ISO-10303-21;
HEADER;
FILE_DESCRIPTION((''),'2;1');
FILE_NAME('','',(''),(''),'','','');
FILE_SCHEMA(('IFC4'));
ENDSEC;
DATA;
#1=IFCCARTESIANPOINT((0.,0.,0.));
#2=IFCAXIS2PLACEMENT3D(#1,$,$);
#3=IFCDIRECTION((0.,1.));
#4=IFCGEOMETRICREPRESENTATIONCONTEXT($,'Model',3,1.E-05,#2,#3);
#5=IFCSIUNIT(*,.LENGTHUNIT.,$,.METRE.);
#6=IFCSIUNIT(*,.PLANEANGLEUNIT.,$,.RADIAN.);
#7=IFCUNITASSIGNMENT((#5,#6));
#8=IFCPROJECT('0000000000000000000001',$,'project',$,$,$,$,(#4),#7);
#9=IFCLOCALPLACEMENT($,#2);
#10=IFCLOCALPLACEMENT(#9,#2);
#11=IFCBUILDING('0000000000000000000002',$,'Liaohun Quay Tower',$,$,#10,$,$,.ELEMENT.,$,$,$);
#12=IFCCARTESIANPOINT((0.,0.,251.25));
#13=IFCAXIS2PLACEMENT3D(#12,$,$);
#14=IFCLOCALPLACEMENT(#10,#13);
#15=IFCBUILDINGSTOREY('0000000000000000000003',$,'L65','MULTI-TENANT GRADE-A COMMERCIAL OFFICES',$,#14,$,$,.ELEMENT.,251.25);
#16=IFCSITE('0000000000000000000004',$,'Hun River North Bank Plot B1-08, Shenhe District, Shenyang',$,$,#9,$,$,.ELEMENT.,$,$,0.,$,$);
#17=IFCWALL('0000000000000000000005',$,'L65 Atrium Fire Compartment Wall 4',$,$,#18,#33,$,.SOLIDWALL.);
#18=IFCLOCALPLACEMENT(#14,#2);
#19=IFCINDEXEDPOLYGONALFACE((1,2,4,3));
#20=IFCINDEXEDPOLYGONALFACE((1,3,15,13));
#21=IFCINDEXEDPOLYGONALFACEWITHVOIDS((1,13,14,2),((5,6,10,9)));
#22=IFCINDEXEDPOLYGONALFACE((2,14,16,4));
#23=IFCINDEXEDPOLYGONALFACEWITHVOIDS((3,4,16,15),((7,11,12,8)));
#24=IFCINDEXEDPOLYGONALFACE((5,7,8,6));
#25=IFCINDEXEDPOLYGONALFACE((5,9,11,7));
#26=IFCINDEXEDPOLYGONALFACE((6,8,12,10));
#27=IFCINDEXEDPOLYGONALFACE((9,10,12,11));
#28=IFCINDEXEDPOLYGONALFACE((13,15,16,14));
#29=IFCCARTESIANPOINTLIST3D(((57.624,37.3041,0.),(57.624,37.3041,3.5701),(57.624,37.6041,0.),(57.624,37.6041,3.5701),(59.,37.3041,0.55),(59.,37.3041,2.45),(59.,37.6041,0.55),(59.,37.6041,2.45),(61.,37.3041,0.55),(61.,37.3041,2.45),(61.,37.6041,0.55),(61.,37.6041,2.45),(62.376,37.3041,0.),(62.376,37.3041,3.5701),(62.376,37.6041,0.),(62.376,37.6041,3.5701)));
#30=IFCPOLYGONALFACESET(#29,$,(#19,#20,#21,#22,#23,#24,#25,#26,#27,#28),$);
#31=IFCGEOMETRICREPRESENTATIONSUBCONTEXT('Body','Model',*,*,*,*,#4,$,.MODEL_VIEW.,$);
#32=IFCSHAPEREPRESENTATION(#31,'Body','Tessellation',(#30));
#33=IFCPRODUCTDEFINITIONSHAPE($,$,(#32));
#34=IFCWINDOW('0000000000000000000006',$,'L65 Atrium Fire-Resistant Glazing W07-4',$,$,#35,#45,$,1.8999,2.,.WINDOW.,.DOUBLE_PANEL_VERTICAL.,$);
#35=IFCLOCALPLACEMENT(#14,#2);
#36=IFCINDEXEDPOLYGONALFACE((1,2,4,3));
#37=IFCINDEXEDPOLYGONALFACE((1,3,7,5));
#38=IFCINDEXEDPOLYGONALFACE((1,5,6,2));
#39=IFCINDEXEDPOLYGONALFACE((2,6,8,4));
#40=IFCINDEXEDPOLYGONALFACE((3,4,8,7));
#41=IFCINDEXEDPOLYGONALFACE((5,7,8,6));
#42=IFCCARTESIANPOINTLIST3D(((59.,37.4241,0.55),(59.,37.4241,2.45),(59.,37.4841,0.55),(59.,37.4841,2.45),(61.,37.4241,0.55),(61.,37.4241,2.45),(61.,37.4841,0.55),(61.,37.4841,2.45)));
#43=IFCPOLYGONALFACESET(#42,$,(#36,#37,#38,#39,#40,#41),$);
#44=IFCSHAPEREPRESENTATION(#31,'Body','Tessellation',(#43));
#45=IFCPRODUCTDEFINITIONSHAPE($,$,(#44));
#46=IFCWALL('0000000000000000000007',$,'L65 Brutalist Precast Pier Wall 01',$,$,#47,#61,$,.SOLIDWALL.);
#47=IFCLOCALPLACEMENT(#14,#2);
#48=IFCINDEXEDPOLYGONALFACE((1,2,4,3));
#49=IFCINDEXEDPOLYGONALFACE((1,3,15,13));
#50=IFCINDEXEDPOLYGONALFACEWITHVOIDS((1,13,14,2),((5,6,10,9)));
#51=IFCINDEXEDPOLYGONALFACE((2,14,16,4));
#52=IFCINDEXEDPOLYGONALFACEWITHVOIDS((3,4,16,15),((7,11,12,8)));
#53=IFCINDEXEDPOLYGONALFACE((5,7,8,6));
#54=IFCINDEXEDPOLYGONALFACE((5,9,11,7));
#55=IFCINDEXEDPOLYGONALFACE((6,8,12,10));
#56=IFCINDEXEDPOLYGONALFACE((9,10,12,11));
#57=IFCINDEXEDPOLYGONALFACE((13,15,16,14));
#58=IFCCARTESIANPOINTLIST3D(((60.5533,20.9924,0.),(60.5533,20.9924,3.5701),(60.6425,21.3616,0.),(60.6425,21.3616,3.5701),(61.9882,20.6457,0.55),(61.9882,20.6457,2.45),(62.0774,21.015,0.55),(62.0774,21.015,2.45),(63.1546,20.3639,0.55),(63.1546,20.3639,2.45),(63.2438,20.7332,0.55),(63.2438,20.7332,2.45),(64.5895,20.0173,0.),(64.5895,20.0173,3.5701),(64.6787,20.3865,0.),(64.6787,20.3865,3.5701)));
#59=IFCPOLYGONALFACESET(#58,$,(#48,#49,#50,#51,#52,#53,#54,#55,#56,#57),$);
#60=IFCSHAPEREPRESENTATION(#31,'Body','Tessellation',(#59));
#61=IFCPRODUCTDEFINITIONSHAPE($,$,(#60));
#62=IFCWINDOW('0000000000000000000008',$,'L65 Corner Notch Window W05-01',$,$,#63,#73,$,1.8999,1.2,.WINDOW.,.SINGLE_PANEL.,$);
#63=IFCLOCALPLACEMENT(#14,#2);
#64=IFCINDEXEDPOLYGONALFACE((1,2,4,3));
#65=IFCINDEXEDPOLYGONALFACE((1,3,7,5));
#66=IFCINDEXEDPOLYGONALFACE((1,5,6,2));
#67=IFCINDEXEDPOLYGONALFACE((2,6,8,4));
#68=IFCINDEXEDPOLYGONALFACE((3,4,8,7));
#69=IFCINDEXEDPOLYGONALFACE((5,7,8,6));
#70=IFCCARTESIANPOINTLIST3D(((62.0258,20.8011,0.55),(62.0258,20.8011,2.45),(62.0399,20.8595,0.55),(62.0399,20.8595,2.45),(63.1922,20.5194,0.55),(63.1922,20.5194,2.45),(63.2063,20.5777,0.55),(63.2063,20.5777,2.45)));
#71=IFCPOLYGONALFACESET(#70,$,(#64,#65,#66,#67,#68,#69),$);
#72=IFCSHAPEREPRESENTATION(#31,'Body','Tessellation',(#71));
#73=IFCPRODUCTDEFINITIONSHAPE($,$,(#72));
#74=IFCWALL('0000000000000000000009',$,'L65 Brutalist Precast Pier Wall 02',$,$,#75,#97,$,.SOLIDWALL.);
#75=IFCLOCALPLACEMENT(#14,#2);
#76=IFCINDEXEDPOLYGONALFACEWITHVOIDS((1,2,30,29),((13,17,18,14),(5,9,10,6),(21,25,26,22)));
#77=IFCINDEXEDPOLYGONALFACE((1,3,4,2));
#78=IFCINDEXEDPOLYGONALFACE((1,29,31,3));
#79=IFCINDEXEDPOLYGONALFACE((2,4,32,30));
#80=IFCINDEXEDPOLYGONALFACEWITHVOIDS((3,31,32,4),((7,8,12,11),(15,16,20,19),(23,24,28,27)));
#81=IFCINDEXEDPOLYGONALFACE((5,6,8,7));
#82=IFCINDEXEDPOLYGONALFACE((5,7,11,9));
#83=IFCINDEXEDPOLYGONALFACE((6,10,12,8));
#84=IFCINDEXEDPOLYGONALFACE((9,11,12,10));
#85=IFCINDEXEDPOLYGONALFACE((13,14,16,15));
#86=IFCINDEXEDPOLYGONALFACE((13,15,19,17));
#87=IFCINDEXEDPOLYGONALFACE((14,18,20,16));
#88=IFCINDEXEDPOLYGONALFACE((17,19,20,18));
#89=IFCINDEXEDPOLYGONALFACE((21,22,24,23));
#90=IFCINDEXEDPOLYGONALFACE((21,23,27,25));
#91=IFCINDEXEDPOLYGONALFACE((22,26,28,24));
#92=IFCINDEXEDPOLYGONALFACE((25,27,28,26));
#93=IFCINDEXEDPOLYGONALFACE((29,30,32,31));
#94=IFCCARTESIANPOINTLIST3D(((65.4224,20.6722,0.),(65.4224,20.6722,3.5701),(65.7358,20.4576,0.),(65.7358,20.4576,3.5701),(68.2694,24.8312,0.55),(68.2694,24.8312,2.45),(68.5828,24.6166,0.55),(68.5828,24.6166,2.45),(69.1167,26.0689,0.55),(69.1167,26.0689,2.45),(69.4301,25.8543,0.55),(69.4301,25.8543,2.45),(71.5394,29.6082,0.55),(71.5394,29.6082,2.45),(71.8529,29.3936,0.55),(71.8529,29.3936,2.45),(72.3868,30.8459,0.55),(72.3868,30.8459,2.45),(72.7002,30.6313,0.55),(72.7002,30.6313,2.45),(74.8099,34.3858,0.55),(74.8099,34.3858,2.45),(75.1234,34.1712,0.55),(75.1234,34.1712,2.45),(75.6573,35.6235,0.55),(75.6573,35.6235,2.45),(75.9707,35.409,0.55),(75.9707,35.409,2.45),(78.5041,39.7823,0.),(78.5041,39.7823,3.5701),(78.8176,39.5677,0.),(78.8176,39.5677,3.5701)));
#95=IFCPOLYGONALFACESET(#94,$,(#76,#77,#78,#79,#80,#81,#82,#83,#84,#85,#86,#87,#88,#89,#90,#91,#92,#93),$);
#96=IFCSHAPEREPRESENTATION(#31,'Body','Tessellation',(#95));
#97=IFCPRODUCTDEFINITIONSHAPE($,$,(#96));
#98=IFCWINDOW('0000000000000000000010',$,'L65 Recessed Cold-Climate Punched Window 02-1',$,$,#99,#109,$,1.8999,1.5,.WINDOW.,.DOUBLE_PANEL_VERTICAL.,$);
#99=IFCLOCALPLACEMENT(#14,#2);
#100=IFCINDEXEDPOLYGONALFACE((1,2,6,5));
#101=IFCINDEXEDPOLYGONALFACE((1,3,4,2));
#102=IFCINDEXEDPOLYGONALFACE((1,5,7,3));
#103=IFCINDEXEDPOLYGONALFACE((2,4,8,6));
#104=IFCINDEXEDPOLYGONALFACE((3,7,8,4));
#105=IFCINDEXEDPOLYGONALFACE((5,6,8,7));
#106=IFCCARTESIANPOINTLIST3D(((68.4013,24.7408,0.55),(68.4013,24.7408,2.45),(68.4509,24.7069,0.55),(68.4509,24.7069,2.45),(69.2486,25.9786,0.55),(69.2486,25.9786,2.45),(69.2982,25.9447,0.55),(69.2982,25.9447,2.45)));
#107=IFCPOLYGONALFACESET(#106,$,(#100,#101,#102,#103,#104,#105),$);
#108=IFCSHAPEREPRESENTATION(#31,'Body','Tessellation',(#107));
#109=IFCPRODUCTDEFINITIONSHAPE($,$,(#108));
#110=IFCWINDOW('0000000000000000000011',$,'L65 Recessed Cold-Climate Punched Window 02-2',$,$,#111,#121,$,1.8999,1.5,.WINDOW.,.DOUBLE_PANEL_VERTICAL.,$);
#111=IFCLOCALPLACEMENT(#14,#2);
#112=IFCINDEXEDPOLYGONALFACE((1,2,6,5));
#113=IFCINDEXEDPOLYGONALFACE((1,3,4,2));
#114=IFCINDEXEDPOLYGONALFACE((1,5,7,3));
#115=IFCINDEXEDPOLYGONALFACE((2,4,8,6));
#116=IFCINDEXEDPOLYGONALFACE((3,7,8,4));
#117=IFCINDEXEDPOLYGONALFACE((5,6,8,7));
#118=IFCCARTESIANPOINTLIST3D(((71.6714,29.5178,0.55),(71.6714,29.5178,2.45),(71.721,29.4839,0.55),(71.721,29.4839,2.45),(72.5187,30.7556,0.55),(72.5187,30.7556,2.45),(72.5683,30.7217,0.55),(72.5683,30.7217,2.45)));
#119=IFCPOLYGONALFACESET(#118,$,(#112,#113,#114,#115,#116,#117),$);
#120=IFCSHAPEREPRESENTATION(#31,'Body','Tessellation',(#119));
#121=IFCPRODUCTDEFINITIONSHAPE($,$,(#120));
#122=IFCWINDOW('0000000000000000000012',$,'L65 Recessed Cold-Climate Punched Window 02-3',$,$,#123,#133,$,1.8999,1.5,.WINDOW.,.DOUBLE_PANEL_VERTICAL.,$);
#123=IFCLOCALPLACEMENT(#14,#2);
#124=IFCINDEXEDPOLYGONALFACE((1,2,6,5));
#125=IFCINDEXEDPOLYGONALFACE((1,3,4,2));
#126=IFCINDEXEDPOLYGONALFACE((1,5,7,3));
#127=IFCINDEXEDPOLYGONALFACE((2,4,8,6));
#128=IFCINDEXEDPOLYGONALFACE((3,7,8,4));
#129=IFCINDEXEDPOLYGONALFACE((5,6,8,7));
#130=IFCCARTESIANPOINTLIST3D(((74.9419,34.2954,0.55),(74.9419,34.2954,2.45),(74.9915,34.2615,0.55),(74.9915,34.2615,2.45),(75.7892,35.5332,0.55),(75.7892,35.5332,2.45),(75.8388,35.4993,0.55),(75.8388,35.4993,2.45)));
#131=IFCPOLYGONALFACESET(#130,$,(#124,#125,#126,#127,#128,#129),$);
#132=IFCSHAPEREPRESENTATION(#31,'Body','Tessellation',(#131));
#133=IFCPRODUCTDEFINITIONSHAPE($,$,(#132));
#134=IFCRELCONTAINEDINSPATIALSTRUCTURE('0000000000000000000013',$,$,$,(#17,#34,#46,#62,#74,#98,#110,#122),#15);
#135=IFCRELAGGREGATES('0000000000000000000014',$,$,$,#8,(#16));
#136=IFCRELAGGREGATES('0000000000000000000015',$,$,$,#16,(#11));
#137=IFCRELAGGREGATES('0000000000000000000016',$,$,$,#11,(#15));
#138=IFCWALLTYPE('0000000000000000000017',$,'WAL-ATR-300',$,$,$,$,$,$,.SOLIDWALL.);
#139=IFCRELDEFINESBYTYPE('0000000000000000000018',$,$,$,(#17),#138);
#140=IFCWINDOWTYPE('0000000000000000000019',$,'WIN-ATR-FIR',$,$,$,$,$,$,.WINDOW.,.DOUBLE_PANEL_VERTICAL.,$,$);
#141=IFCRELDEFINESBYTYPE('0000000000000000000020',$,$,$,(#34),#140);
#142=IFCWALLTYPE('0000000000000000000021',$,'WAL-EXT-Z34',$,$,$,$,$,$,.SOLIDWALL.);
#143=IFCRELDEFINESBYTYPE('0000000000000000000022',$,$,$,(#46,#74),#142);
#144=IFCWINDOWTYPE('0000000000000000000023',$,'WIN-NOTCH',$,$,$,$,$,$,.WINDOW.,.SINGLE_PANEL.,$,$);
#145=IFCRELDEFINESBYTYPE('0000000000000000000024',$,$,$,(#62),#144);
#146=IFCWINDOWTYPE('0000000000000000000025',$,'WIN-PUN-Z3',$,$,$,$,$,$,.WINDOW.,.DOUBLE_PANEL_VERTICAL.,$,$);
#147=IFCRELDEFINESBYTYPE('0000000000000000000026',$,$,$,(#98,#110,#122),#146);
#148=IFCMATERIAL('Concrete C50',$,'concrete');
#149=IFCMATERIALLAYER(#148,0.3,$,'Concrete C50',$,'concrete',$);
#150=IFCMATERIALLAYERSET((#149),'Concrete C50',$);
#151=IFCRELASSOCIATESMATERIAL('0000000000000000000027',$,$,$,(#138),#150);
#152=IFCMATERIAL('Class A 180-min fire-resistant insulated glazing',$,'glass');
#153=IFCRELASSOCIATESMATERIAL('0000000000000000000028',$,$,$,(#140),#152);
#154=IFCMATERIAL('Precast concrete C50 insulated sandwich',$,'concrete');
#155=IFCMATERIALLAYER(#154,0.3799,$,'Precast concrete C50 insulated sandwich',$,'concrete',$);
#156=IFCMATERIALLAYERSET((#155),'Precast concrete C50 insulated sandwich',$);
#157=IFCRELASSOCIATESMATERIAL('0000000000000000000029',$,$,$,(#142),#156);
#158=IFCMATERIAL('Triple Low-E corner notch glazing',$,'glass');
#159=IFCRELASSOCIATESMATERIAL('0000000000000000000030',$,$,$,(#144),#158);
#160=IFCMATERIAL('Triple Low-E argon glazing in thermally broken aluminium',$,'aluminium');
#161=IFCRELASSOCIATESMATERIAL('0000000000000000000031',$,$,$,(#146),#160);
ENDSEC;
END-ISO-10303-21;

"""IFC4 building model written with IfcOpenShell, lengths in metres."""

from ifc_helpers import new_model, si_unit, direction, frame, frame_2d, origin, place, context, subcontext, project, spatial, rectangle, extrude, source, transform, mapped, material, layer, layer_set, type_object, element, fill, save


model = new_model("IFC4")

# Units and contexts
model_context = context("Model", 3, precision=1e-05, world=origin(), true_north=direction((0.0, 1.0)))
body_context = subcontext(model_context, "Body", "Model", "MODEL_VIEW")
ifc_project = project(units=[si_unit("LENGTHUNIT", "METRE"), si_unit("PLANEANGLEUNIT", "RADIAN")], contexts=[model_context])

# Site, building, storey
site_placement = place(None, origin())
site = spatial("IfcSite", under=ifc_project, at=site_placement, Name="Hun River North Bank Plot B1-08, Shenhe District, Shenyang", CompositionType="ELEMENT", RefElevation=0.0)
building_placement = place(site_placement, origin())
building = spatial("IfcBuilding", under=site, at=building_placement, Name="Liaohun Quay Tower", CompositionType="ELEMENT")
storey_placement = place(building_placement, frame((0.0, 0.0, 251.25)))
storey = spatial("IfcBuildingStorey", under=building, at=storey_placement, Name="L65", Description="MULTI-TENANT GRADE-A COMMERCIAL OFFICES", CompositionType="ELEMENT", Elevation=251.25)

# Walls, openings, windows
ifc_material_1 = material(Name="Concrete C50", Category="concrete")
ifc_layer_1 = layer(ifc_material_1, 0.3, Name="Concrete C50", Category="concrete")
ifc_layer_set_1 = layer_set([ifc_layer_1], Name="Concrete C50")
wall_type_1 = type_object("IfcWallType", Name="WAL-ATR-300", PredefinedType="SOLIDWALL", material=ifc_layer_set_1)
shared_shape_1 = source(origin(), body_context, "Body", "SweptSolid", [
    extrude(rectangle(XDim=2.0, YDim=1.8999, at=frame_2d((1.0, 0.95))), frame((0.0, 0.1599, 0.0), z_axis=(0.0, -1.0, 0.0), x_axis=(1.0, 0.0, 0.0)), (0.0, 0.0, 1.0), 0.3201),
])
ifc_material_2 = material(Name="Class A 180-min fire-resistant insulated glazing", Category="glass")
window_type_1 = type_object("IfcWindowType", Name="WIN-ATR-FIR", PartitioningType="DOUBLE_PANEL_VERTICAL", PredefinedType="WINDOW", material=ifc_material_2)
shared_shape_2 = source(origin(), body_context, "Body", "SweptSolid", [
    extrude(rectangle(XDim=2.0, YDim=1.8999, at=frame_2d((1.0, 0.95))), frame((0.0, 0.03, 0.0), z_axis=(0.0, -1.0, 0.0), x_axis=(1.0, 0.0, 0.0)), (0.0, 0.0, 1.0), 0.0601),
])
wall_1_placement = place(storey_placement, frame((62.376, 37.4541, 0.0), z_axis=(0.0, 0.0, 1.0), x_axis=(-1.0, 0.0, 0.0)))
wall_1 = element("IfcWall", 1, at=wall_1_placement, inside=storey, type_object=wall_type_1, Name="L65 Atrium Fire Compartment Wall 4", PredefinedType="SOLIDWALL", context=body_context, shape_type="SweptSolid", body=[
    extrude(rectangle(XDim=4.752, YDim=0.3, at=frame_2d((2.376, 0.0))), origin(), (0.0, 0.0, 1.0), 3.5701),
])
opening_1_placement = place(wall_1_placement, frame((1.376, 0.0, 0.55)))
opening_1 = element("IfcOpeningElement", 2, at=opening_1_placement, cuts=wall_1, PredefinedType="OPENING", context=body_context, shape_type="MappedRepresentation", body=[
    mapped(shared_shape_1, transform((0.0, 0.0, 0.0), x_axis=(1.0, 0.0, 0.0), y_axis=(0.0, 1.0, 0.0), z_axis=(0.0, 0.0, 1.0), scale=1.0)),
])
window_1_placement = place(opening_1_placement, origin())
window_1 = element("IfcWindow", 3, at=window_1_placement, inside=storey, type_object=window_type_1, Name="L65 Atrium Fire-Resistant Glazing W07-4", OverallHeight=1.8999, OverallWidth=2.0, PartitioningType="DOUBLE_PANEL_VERTICAL", PredefinedType="WINDOW", context=body_context, shape_type="MappedRepresentation", body=[
    mapped(shared_shape_2, transform((0.0, 0.0, 0.0), x_axis=(1.0, 0.0, 0.0), y_axis=(0.0, 1.0, 0.0), z_axis=(0.0, 0.0, 1.0), scale=1.0)),
])
fill(opening_1, window_1)
ifc_material_3 = material(Name="Precast concrete C50 insulated sandwich", Category="concrete")
ifc_layer_2 = layer(ifc_material_3, 0.3799, Name="Precast concrete C50 insulated sandwich", Category="concrete")
ifc_layer_set_2 = layer_set([ifc_layer_2], Name="Precast concrete C50 insulated sandwich")
wall_type_2 = type_object("IfcWallType", Name="WAL-EXT-Z34", PredefinedType="SOLIDWALL", material=ifc_layer_set_2)
wall_2_placement = place(storey_placement, frame((60.5979, 21.177, 0.0), z_axis=(0.0, 0.0, 1.0), x_axis=(0.972035, -0.234836, 0.0)))
wall_2 = element("IfcWall", 4, at=wall_2_placement, inside=storey, type_object=wall_type_2, Name="L65 Brutalist Precast Pier Wall 01", PredefinedType="SOLIDWALL", context=body_context, shape_type="SweptSolid", body=[
    extrude(rectangle(XDim=4.1523, YDim=0.3799, at=frame_2d((2.0762, 0.0))), origin(), (0.0, 0.0, 1.0), 3.5701),
])
shared_shape_3 = source(origin(), body_context, "Body", "SweptSolid", [
    extrude(rectangle(XDim=1.2, YDim=1.8999, at=frame_2d((0.6001, 0.95))), frame((0.0, 0.2, 0.0), z_axis=(0.0, -1.0, 0.0), x_axis=(1.0, 0.0, 0.0)), (0.0, 0.0, 1.0), 0.3999),
])
opening_2_placement = place(wall_2_placement, frame((1.4761, 0.0, 0.55)))
opening_2 = element("IfcOpeningElement", 5, at=opening_2_placement, cuts=wall_2, PredefinedType="OPENING", context=body_context, shape_type="MappedRepresentation", body=[
    mapped(shared_shape_3, transform((0.0, 0.0, 0.0), x_axis=(1.0, 0.0, 0.0), y_axis=(0.0, 1.0, 0.0), z_axis=(0.0, 0.0, 1.0), scale=1.0)),
])
ifc_material_4 = material(Name="Triple Low-E corner notch glazing", Category="glass")
window_type_2 = type_object("IfcWindowType", Name="WIN-NOTCH", PartitioningType="SINGLE_PANEL", PredefinedType="WINDOW", material=ifc_material_4)
shared_shape_4 = source(origin(), body_context, "Body", "SweptSolid", [
    extrude(rectangle(XDim=1.2, YDim=1.8999, at=frame_2d((0.6001, 0.95))), frame((0.0, 0.03, 0.0), z_axis=(0.0, -1.0, 0.0), x_axis=(1.0, 0.0, 0.0)), (0.0, 0.0, 1.0), 0.0601),
])
window_2_placement = place(opening_2_placement, origin())
window_2 = element("IfcWindow", 6, at=window_2_placement, inside=storey, type_object=window_type_2, Name="L65 Corner Notch Window W05-01", OverallHeight=1.8999, OverallWidth=1.2, PartitioningType="SINGLE_PANEL", PredefinedType="WINDOW", context=body_context, shape_type="MappedRepresentation", body=[
    mapped(shared_shape_4, transform((0.0, 0.0, 0.0), x_axis=(1.0, 0.0, 0.0), y_axis=(0.0, 1.0, 0.0), z_axis=(0.0, 0.0, 1.0), scale=1.0)),
])
fill(opening_2, window_2)

# Wall, openings, windows
wall_3_placement = place(storey_placement, frame((65.5791, 20.5649, 0.0), z_axis=(0.0, 0.0, 1.0), x_axis=(0.564874, 0.825177, 0.0)))
wall_3 = element("IfcWall", 7, at=wall_3_placement, inside=storey, type_object=wall_type_2, Name="L65 Brutalist Precast Pier Wall 02", PredefinedType="SOLIDWALL", context=body_context, shape_type="SweptSolid", body=[
    extrude(rectangle(XDim=23.1587, YDim=0.3799, at=frame_2d((11.5793, 0.0))), origin(), (0.0, 0.0, 1.0), 3.5701),
])
shared_shape_5 = source(origin(), body_context, "Body", "SweptSolid", [
    extrude(rectangle(XDim=1.5, YDim=1.8999, at=frame_2d((0.75, 0.95))), frame((0.0, 0.2, 0.0), z_axis=(0.0, -1.0, 0.0), x_axis=(1.0, 0.0, 0.0)), (0.0, 0.0, 1.0), 0.3999),
])
opening_3_placement = place(wall_3_placement, frame((5.04, 0.0, 0.55)))
opening_3 = element("IfcOpeningElement", 8, at=opening_3_placement, cuts=wall_3, PredefinedType="OPENING", context=body_context, shape_type="MappedRepresentation", body=[
    mapped(shared_shape_5, transform((0.0, 0.0, 0.0), x_axis=(1.0, 0.0, 0.0), y_axis=(0.0, 1.0, 0.0), z_axis=(0.0, 0.0, 1.0), scale=1.0)),
])
opening_4_placement = place(wall_3_placement, frame((10.8291, 0.0, 0.55)))
opening_4 = element("IfcOpeningElement", 9, at=opening_4_placement, cuts=wall_3, PredefinedType="OPENING", context=body_context, shape_type="MappedRepresentation", body=[
    mapped(shared_shape_5, transform((0.0, 0.0, 0.0), x_axis=(1.0, 0.0, 0.0), y_axis=(0.0, 1.0, 0.0), z_axis=(0.0, 0.0, 1.0), scale=1.0)),
])
opening_5_placement = place(wall_3_placement, frame((16.6189, 0.0, 0.55)))
opening_5 = element("IfcOpeningElement", 10, at=opening_5_placement, cuts=wall_3, PredefinedType="OPENING", context=body_context, shape_type="MappedRepresentation", body=[
    mapped(shared_shape_5, transform((0.0, 0.0, 0.0), x_axis=(1.0, 0.0, 0.0), y_axis=(0.0, 1.0, 0.0), z_axis=(0.0, 0.0, 1.0), scale=1.0)),
])
ifc_material_5 = material(Name="Triple Low-E argon glazing in thermally broken aluminium", Category="aluminium")
window_type_3 = type_object("IfcWindowType", Name="WIN-PUN-Z3", PartitioningType="DOUBLE_PANEL_VERTICAL", PredefinedType="WINDOW", material=ifc_material_5)
shared_shape_6 = source(origin(), body_context, "Body", "SweptSolid", [
    extrude(rectangle(XDim=1.5, YDim=1.8999, at=frame_2d((0.75, 0.95))), frame((0.0, 0.03, 0.0), z_axis=(0.0, -1.0, 0.0), x_axis=(1.0, 0.0, 0.0)), (0.0, 0.0, 1.0), 0.0601),
])
window_3_placement = place(opening_3_placement, origin())
window_3 = element("IfcWindow", 11, at=window_3_placement, inside=storey, type_object=window_type_3, Name="L65 Recessed Cold-Climate Punched Window 02-1", OverallHeight=1.8999, OverallWidth=1.5, PartitioningType="DOUBLE_PANEL_VERTICAL", PredefinedType="WINDOW", context=body_context, shape_type="MappedRepresentation", body=[
    mapped(shared_shape_6, transform((0.0, 0.0, 0.0), x_axis=(1.0, 0.0, 0.0), y_axis=(0.0, 1.0, 0.0), z_axis=(0.0, 0.0, 1.0), scale=1.0)),
])
fill(opening_3, window_3)
window_4_placement = place(opening_4_placement, origin())
window_4 = element("IfcWindow", 12, at=window_4_placement, inside=storey, type_object=window_type_3, Name="L65 Recessed Cold-Climate Punched Window 02-2", OverallHeight=1.8999, OverallWidth=1.5, PartitioningType="DOUBLE_PANEL_VERTICAL", PredefinedType="WINDOW", context=body_context, shape_type="MappedRepresentation", body=[
    mapped(shared_shape_6, transform((0.0, 0.0, 0.0), x_axis=(1.0, 0.0, 0.0), y_axis=(0.0, 1.0, 0.0), z_axis=(0.0, 0.0, 1.0), scale=1.0)),
])
fill(opening_4, window_4)
window_5_placement = place(opening_5_placement, origin())
window_5 = element("IfcWindow", 13, at=window_5_placement, inside=storey, type_object=window_type_3, Name="L65 Recessed Cold-Climate Punched Window 02-3", OverallHeight=1.8999, OverallWidth=1.5, PartitioningType="DOUBLE_PANEL_VERTICAL", PredefinedType="WINDOW", context=body_context, shape_type="MappedRepresentation", body=[
    mapped(shared_shape_6, transform((0.0, 0.0, 0.0), x_axis=(1.0, 0.0, 0.0), y_axis=(0.0, 1.0, 0.0), z_axis=(0.0, 0.0, 1.0), scale=1.0)),
])
fill(opening_5, window_5)

save(model, "model.ifc")
